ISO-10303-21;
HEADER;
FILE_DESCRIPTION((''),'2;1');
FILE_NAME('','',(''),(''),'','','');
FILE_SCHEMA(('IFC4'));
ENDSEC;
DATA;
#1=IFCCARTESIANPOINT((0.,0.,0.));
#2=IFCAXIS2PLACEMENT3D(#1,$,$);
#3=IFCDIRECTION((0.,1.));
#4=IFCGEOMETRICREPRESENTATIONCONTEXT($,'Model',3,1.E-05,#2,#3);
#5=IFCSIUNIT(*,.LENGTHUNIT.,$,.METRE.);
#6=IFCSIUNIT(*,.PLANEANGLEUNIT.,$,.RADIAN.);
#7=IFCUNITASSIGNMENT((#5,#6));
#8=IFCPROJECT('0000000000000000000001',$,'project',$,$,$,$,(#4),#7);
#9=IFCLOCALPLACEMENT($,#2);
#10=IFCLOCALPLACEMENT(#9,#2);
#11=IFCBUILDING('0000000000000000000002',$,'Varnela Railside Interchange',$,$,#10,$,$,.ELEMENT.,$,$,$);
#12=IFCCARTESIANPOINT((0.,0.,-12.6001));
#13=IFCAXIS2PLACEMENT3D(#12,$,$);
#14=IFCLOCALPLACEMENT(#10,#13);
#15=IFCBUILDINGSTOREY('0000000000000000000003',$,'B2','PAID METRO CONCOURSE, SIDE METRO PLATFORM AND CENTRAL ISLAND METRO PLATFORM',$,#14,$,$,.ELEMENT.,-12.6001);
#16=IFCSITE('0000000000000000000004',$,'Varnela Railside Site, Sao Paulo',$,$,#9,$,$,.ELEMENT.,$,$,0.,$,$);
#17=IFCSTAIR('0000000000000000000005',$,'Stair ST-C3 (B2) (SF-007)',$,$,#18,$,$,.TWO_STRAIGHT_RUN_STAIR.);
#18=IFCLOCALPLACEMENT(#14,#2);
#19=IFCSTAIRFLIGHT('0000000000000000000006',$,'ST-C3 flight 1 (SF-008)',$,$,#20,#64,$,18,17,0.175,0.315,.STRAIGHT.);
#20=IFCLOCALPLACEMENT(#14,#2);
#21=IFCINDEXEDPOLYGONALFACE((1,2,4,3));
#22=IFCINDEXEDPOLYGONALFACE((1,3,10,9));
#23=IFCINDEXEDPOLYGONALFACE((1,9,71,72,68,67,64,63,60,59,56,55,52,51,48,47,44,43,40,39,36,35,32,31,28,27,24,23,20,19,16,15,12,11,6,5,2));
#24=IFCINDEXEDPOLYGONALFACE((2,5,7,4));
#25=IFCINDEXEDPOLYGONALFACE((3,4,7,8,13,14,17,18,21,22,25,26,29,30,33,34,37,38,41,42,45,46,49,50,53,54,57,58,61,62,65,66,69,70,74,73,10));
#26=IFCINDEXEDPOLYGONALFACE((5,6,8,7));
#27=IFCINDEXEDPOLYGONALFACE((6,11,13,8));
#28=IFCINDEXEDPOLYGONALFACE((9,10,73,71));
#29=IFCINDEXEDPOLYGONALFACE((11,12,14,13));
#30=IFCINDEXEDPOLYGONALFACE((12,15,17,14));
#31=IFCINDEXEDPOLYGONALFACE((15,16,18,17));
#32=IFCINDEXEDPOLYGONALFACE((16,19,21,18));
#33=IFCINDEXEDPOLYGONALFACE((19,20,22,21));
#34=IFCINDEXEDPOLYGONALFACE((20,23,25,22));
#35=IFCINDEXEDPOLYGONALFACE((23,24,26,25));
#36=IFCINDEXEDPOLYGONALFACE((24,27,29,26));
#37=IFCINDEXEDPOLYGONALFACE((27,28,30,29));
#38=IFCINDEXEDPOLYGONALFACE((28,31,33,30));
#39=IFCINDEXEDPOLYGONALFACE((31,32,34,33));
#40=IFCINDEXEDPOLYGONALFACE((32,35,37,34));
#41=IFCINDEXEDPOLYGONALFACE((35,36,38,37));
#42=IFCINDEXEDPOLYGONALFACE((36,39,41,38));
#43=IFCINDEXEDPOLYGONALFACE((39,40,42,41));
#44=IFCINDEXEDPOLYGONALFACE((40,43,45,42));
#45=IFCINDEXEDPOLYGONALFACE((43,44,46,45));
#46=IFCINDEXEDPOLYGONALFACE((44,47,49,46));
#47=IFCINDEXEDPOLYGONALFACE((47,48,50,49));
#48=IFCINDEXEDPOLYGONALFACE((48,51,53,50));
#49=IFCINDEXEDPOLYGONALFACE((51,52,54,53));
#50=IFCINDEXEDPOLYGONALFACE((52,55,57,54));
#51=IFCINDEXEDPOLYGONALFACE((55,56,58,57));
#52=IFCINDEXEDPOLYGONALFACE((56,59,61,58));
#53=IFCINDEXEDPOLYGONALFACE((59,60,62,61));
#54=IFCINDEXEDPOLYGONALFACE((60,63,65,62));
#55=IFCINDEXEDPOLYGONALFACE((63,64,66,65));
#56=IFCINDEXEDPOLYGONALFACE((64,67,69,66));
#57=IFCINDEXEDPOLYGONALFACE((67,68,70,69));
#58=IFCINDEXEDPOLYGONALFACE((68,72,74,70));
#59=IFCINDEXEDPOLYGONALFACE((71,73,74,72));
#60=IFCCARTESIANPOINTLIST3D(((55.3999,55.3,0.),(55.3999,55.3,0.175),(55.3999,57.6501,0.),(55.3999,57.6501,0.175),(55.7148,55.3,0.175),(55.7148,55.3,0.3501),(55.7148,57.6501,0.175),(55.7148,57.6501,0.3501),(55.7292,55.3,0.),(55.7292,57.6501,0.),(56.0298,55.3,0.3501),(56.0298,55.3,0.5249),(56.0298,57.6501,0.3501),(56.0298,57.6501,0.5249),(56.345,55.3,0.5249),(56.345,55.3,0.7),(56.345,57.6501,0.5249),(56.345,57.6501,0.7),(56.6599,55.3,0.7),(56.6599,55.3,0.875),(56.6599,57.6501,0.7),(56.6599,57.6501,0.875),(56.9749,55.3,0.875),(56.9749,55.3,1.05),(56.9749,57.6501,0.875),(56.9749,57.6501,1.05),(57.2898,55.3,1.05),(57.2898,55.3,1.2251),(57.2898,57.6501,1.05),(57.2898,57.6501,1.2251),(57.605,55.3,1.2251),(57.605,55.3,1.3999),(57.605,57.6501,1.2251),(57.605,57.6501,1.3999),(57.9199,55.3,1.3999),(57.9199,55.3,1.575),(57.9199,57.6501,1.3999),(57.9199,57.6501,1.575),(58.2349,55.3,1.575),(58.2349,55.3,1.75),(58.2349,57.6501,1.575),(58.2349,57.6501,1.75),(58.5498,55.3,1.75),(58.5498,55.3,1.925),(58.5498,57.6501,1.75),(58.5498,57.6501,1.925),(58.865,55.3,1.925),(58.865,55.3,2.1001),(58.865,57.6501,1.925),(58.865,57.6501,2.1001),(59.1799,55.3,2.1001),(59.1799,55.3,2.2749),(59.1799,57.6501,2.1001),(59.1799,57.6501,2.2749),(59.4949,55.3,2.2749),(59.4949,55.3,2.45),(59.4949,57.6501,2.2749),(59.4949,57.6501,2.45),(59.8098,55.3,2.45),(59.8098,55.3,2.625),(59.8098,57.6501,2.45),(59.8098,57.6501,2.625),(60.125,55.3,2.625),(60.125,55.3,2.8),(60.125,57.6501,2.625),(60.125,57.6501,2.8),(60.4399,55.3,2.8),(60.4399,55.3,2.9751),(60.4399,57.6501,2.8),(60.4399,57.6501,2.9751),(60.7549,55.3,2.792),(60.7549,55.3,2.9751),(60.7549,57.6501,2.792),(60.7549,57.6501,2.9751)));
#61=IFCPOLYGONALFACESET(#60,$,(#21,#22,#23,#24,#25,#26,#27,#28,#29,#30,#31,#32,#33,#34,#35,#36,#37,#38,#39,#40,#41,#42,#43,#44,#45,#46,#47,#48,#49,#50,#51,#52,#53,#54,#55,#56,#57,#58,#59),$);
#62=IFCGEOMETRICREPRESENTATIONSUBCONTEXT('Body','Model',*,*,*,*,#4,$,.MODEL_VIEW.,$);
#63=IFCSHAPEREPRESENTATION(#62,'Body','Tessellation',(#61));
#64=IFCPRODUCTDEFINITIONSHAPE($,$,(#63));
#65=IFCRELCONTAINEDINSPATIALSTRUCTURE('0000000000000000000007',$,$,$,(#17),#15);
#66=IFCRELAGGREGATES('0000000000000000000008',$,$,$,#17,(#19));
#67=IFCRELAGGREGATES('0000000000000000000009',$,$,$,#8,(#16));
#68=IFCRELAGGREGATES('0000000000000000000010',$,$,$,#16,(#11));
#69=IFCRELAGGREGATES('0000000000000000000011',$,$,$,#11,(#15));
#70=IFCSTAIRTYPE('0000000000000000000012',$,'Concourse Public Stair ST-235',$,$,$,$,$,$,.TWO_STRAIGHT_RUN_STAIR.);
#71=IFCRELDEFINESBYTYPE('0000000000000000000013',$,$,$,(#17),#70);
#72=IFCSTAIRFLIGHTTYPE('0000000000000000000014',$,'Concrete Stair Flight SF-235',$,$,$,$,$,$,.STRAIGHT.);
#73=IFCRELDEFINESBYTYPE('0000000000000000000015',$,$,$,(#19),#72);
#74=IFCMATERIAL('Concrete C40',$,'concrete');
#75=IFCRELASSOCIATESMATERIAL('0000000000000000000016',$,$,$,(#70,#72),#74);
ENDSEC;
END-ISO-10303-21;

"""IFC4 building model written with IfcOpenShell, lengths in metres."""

from ifc_helpers import new_model, si_unit, direction, frame, origin, place, context, subcontext, project, spatial, polyline, outline, extrude, material, type_object, element, aggregate, save


model = new_model("IFC4")

# Units and contexts
model_context = context("Model", 3, precision=1e-05, world=origin(), true_north=direction((0.0, 1.0)))
body_context = subcontext(model_context, "Body", "Model", "MODEL_VIEW")
ifc_project = project(units=[si_unit("LENGTHUNIT", "METRE"), si_unit("PLANEANGLEUNIT", "RADIAN")], contexts=[model_context])

# Site, building, storey
site_placement = place(None, origin())
site = spatial("IfcSite", under=ifc_project, at=site_placement, Name="Varnela Railside Site, Sao Paulo", CompositionType="ELEMENT", RefElevation=0.0)
building_placement = place(site_placement, origin())
building = spatial("IfcBuilding", under=site, at=building_placement, Name="Varnela Railside Interchange", CompositionType="ELEMENT")
storey_placement = place(building_placement, frame((0.0, 0.0, -12.6001)))
storey = spatial("IfcBuildingStorey", under=building, at=storey_placement, Name="B2", Description="PAID METRO CONCOURSE, SIDE METRO PLATFORM AND CENTRAL ISLAND METRO PLATFORM", CompositionType="ELEMENT", Elevation=-12.6001)

# Shared definitions
ifc_material_1 = material(Name="Concrete C40", Category="concrete")

# Stair, stair flight
stair_type = type_object("IfcStairType", Name="Concourse Public Stair ST-235", PredefinedType="TWO_STRAIGHT_RUN_STAIR", material=ifc_material_1)
stair_placement = place(storey_placement, origin())
stair = element("IfcStair", 1, at=stair_placement, inside=storey, type_object=stair_type, Name="Stair ST-C3 (B2) (SF-007)", PredefinedType="TWO_STRAIGHT_RUN_STAIR")
stair_flight_type = type_object("IfcStairFlightType", Name="Concrete Stair Flight SF-235", PredefinedType="STRAIGHT", material=ifc_material_1)
stair_flight_placement = place(storey_placement, frame((55.3999, 56.4751, 0.0), z_axis=(0.0, 0.0, 1.0), x_axis=(1.0, 0.0, 0.0)))
stair_flight = element("IfcStairFlight", 2, at=stair_flight_placement, type_object=stair_flight_type, Name="ST-C3 flight 1 (SF-008)", NumberOfRisers=18, NumberOfTreads=17, PredefinedType="STRAIGHT", RiserHeight=0.175, TreadLength=0.315, context=body_context, shape_type="SweptSolid", body=[
    extrude(outline(polyline([(0.0, 0.0), (0.0, 0.175), (0.3149, 0.175), (0.3149, 0.3501), (0.6299, 0.3501), (0.6299, 0.5249), (0.9451, 0.5249), (0.9451, 0.7), (1.26, 0.7), (1.26, 0.875), (1.575, 0.875), (1.575, 1.05), (1.8899, 1.05), (1.8899, 1.2251), (2.2051, 1.2251), (2.2051, 1.3999), (2.52, 1.3999), (2.52, 1.575), (2.835, 1.575), (2.835, 1.75), (3.1499, 1.75), (3.1499, 1.925), (3.4651, 1.925), (3.4651, 2.1001), (3.78, 2.1001), (3.78, 2.2749), (4.095, 2.2749), (4.095, 2.45), (4.4099, 2.45), (4.4099, 2.625), (4.7251, 2.625), (4.7251, 2.8), (5.04, 2.8), (5.04, 2.9751), (5.355, 2.9751), (5.355, 3.1499), (5.355, 2.792), (0.3293, 0.0), (0.0, 0.0)])), frame((0.0, 1.175, 0.0), z_axis=(0.0, -1.0, 0.0), x_axis=(1.0, 0.0, 0.0)), (0.0, 0.0, 1.0), 2.3501),
])
aggregate(stair, [stair_flight])

save(model, "model.ifc")
